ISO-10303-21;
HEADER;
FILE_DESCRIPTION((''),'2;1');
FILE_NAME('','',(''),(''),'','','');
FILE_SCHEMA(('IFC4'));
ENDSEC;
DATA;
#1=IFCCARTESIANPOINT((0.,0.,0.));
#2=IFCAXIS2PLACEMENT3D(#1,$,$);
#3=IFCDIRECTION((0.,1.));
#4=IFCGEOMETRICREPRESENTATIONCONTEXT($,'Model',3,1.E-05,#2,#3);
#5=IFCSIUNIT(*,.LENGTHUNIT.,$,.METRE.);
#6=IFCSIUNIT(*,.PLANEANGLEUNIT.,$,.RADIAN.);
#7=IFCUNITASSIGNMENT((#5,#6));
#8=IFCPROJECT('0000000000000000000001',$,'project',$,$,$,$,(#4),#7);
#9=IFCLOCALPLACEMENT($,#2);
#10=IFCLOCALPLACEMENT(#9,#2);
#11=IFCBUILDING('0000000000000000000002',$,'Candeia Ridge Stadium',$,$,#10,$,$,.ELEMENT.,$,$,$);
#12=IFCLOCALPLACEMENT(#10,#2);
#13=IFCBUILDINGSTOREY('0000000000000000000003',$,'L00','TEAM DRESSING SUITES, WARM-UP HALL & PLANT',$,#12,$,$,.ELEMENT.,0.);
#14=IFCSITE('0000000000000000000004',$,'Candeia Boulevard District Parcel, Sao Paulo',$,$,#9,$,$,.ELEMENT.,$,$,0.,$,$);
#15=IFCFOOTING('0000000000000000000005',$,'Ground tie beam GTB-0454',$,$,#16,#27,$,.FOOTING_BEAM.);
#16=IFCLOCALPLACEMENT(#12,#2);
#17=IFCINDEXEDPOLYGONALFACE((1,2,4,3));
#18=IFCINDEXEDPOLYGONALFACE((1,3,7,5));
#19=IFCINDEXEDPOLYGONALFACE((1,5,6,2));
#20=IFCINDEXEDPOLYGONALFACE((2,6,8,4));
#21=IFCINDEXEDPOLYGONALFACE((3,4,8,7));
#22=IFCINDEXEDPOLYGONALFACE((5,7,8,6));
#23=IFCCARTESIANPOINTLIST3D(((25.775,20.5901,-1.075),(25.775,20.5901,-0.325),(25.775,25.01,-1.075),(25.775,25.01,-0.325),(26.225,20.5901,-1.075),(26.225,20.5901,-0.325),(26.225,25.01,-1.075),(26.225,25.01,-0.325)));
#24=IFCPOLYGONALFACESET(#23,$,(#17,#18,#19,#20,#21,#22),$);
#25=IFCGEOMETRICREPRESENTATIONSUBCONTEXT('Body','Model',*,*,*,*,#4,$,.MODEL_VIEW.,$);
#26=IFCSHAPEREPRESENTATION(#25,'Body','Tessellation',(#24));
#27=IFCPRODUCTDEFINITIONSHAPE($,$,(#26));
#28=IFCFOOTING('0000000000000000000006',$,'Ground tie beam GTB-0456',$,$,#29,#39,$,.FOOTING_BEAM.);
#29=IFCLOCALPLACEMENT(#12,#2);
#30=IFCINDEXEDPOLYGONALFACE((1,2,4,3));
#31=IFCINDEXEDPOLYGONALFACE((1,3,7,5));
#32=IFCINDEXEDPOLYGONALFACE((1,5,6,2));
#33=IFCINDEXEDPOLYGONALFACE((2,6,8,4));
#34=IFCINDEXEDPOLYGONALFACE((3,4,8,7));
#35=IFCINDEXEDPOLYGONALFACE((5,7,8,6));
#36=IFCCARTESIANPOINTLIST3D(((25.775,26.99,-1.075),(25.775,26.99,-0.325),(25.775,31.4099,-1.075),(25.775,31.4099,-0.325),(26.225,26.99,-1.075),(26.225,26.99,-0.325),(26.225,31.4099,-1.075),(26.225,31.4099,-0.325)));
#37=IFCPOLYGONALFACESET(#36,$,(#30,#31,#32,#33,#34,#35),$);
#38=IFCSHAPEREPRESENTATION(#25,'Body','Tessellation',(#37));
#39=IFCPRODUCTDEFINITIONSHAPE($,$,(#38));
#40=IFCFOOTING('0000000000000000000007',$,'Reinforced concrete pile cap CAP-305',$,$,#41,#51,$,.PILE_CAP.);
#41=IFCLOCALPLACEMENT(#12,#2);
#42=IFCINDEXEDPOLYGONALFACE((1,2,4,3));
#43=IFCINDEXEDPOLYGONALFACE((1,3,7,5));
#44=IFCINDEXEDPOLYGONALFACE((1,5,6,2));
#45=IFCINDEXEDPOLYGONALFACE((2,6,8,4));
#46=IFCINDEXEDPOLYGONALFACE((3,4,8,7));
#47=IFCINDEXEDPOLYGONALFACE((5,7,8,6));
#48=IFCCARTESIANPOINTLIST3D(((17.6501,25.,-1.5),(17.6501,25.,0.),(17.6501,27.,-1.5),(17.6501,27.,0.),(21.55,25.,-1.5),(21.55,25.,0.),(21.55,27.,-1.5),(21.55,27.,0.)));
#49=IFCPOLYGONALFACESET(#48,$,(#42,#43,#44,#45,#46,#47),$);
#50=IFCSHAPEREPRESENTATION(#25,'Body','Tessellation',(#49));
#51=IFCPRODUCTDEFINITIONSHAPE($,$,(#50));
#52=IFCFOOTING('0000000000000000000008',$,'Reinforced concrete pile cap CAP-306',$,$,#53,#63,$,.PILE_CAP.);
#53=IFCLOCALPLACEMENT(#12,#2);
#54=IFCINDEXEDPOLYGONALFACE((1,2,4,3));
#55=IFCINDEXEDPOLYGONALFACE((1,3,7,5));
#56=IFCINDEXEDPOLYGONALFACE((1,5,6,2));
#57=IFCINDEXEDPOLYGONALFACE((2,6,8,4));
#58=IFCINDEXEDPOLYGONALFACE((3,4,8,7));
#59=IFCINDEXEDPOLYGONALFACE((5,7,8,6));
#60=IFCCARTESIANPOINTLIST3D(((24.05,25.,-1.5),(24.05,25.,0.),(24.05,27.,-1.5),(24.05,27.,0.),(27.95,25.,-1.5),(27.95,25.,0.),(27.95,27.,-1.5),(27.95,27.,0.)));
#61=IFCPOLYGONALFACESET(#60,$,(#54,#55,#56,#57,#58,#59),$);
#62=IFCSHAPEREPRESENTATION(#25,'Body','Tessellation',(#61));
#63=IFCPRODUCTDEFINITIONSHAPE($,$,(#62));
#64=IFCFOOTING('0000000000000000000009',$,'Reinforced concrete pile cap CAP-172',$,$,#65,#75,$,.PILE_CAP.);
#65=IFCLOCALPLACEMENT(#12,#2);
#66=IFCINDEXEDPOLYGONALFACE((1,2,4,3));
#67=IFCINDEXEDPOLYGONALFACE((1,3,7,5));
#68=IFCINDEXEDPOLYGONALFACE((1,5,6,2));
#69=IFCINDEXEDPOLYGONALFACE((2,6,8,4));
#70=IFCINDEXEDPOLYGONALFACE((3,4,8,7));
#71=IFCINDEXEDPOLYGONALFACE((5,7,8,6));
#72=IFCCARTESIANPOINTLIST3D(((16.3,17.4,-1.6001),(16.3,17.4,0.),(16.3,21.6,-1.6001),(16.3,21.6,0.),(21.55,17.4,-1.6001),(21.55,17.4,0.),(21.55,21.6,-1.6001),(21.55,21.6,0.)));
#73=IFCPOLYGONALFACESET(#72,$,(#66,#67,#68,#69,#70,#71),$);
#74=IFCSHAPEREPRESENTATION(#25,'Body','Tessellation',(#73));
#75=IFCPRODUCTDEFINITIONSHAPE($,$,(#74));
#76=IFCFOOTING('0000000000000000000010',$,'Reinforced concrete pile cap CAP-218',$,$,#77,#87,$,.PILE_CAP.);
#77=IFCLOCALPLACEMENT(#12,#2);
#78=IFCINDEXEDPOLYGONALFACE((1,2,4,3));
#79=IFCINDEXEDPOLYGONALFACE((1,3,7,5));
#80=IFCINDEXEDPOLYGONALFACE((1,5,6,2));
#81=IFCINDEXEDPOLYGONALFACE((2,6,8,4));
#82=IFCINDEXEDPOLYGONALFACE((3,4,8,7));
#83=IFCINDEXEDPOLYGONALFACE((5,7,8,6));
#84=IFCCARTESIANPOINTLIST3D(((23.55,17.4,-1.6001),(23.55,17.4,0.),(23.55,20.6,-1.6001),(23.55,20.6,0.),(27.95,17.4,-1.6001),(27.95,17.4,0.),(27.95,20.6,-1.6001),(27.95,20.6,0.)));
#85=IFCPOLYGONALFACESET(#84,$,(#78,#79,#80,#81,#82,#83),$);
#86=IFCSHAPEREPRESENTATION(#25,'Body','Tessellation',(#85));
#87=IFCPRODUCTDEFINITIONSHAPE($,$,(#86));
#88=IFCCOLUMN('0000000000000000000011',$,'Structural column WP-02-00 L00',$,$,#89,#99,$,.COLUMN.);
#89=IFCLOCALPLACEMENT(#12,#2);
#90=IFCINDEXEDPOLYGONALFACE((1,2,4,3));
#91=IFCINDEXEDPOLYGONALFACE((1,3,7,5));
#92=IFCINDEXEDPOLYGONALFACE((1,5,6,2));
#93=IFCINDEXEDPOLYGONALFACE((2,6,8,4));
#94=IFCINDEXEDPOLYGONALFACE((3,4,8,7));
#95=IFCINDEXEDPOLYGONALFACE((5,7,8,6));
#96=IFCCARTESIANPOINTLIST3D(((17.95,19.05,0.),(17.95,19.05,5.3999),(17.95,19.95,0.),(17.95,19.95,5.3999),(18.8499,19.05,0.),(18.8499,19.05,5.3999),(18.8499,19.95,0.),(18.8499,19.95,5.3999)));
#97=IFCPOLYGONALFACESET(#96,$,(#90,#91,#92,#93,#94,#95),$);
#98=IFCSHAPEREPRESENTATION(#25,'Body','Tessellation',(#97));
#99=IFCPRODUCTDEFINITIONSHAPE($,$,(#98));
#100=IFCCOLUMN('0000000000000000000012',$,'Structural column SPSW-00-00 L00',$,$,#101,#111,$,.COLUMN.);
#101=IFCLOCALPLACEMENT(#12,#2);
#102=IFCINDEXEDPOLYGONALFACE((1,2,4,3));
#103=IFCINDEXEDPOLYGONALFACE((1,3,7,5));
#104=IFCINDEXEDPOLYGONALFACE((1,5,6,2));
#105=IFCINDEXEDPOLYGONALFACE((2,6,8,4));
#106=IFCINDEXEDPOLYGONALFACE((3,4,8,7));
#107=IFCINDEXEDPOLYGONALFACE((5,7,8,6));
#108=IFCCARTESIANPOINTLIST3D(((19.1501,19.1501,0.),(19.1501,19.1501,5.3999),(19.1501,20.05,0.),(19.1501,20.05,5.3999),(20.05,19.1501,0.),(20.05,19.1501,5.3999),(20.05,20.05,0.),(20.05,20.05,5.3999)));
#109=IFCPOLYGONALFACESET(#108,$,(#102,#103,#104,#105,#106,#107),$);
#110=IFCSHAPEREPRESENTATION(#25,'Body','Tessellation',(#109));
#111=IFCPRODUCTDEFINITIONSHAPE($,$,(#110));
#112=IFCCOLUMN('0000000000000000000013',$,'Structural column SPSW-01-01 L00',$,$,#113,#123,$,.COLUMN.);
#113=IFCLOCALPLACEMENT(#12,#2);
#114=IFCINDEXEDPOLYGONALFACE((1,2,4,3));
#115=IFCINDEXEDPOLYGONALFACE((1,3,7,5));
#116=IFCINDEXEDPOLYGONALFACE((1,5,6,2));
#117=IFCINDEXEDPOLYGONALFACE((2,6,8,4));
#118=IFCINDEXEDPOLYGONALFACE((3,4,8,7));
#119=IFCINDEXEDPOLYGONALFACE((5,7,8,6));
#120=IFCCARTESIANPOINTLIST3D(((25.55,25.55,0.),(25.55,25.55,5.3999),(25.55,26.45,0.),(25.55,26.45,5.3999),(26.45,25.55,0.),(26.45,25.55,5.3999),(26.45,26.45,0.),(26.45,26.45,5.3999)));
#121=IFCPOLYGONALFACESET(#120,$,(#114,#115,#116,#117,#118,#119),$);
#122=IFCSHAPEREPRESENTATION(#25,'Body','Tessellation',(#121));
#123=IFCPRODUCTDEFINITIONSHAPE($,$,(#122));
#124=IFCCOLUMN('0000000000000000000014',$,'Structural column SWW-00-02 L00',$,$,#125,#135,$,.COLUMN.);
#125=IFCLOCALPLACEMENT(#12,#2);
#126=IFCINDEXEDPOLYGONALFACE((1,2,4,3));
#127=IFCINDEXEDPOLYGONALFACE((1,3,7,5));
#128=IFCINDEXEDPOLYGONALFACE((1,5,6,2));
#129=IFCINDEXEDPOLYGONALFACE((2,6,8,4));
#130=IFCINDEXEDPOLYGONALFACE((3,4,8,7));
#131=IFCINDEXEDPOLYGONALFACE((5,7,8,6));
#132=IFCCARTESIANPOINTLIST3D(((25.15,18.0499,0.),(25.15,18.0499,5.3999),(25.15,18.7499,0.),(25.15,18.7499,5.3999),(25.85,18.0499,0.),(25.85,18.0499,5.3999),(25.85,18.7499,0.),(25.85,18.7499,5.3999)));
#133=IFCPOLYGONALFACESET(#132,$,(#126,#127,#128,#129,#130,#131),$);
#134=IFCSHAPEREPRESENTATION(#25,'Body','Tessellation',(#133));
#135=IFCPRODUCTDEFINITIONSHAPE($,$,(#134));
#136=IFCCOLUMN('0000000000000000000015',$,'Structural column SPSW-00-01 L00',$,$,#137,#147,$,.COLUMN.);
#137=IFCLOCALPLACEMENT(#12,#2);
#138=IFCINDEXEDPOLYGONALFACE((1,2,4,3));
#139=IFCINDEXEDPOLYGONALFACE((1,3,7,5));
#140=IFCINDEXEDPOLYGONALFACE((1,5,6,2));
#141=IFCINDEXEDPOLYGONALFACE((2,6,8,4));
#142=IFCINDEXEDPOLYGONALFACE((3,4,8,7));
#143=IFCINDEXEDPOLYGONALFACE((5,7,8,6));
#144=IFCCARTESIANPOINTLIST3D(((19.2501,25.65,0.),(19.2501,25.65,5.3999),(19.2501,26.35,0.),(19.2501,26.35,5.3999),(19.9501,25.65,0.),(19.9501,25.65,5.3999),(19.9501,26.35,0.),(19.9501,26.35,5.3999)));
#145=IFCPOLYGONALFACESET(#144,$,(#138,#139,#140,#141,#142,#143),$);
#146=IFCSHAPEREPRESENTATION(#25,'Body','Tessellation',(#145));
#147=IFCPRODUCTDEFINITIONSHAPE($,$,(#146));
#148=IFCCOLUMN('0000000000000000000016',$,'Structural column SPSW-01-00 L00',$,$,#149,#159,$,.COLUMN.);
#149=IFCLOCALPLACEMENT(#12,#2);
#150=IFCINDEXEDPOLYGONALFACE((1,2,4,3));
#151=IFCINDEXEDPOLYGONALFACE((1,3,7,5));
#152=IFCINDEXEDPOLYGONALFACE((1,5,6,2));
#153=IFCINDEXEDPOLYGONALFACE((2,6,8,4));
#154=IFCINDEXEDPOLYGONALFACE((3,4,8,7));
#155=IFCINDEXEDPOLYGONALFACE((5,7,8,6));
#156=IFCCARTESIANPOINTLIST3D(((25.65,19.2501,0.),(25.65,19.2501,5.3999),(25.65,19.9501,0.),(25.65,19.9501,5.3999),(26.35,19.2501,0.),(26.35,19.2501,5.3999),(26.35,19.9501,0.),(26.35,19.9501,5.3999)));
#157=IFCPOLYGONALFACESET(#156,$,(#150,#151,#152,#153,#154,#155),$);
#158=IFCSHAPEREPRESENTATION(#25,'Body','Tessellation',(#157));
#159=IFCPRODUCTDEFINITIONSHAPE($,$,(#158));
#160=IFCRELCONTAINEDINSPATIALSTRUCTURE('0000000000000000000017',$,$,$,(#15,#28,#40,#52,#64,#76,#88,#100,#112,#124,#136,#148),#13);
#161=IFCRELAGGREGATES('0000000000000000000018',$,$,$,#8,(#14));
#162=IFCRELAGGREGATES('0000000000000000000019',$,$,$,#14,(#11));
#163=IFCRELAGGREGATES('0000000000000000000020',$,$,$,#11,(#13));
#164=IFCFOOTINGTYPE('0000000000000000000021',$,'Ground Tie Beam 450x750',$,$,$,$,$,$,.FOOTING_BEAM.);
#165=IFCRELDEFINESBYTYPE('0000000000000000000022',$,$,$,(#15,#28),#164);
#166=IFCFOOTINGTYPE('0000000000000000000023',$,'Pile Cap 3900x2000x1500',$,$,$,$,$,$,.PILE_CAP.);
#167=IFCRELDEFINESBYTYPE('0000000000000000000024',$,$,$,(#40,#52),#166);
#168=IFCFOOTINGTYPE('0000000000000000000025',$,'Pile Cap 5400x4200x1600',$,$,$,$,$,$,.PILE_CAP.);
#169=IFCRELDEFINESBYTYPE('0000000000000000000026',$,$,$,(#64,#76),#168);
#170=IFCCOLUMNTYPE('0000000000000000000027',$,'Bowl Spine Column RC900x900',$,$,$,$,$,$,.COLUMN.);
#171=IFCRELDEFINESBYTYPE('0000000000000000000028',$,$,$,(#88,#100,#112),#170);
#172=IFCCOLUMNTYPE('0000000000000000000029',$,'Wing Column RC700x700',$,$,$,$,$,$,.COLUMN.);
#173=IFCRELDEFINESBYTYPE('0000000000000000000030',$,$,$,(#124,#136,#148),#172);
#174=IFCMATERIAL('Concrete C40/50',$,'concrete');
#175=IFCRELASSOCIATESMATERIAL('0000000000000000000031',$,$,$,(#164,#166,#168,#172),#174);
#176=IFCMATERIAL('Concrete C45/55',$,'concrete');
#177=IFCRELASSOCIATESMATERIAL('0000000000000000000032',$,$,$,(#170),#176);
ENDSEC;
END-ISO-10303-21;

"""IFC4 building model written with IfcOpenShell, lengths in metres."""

from ifc_helpers import new_model, si_unit, direction, frame, origin, origin_2d, place, context, subcontext, project, spatial, rectangle, extrude, material, material_profile, profile_set, type_object, element, save


model = new_model("IFC4")

# Units and contexts
model_context = context("Model", 3, precision=1e-05, world=origin(), true_north=direction((0.0, 1.0)))
body_context = subcontext(model_context, "Body", "Model", "MODEL_VIEW")
ifc_project = project(units=[si_unit("LENGTHUNIT", "METRE"), si_unit("PLANEANGLEUNIT", "RADIAN")], contexts=[model_context])

# Site, building, storey
site_placement = place(None, origin())
site = spatial("IfcSite", under=ifc_project, at=site_placement, Name="Candeia Boulevard District Parcel, Sao Paulo", CompositionType="ELEMENT", RefElevation=0.0)
building_placement = place(site_placement, origin())
building = spatial("IfcBuilding", under=site, at=building_placement, Name="Candeia Ridge Stadium", CompositionType="ELEMENT")
storey_placement = place(building_placement, origin())
storey = spatial("IfcBuildingStorey", under=building, at=storey_placement, Name="L00", Description="TEAM DRESSING SUITES, WARM-UP HALL & PLANT", CompositionType="ELEMENT", Elevation=0.0)

# Shared definitions
ifc_material_1 = material(Name="Concrete C40/50", Category="concrete")

# Footings
footing_type_1 = type_object("IfcFootingType", Name="Ground Tie Beam 450x750", PredefinedType="FOOTING_BEAM", material=ifc_material_1)
for number, where, z_axis, x_axis, name in (
    (1, (26.0, 22.8, -1.075), (0.0, 0.0, 1.0), (0.0, 1.0, 0.0), "Ground tie beam GTB-0454"),
    (2, (26.0, 29.2, -1.075), (0.0, 0.0, 1.0), (0.0, 1.0, 0.0), "Ground tie beam GTB-0456"),
):
    element("IfcFooting", number, at=place(storey_placement, frame(where, z_axis=z_axis, x_axis=x_axis)), inside=storey, type_object=footing_type_1, Name=name, PredefinedType="FOOTING_BEAM", context=body_context, shape_type="SweptSolid", body=[
        extrude(rectangle(XDim=4.4199, YDim=0.45, at=origin_2d()), origin(), (0.0, 0.0, 1.0), 0.75),
    ])
footing_type_2 = type_object("IfcFootingType", Name="Pile Cap 3900x2000x1500", PredefinedType="PILE_CAP", material=ifc_material_1)
for number, where, z_axis, x_axis, name in (
    (3, (19.6001, 26.0, -1.5), (0.0, 0.0, 1.0), (1.0, 0.0, 0.0), "Reinforced concrete pile cap CAP-305"),
    (4, (26.0, 26.0, -1.5), (0.0, 0.0, 1.0), (1.0, 0.0, 0.0), "Reinforced concrete pile cap CAP-306"),
):
    element("IfcFooting", number, at=place(storey_placement, frame(where, z_axis=z_axis, x_axis=x_axis)), inside=storey, type_object=footing_type_2, Name=name, PredefinedType="PILE_CAP", context=body_context, shape_type="SweptSolid", body=[
        extrude(rectangle(XDim=3.8999, YDim=2.0, at=origin_2d()), origin(), (0.0, 0.0, 1.0), 1.5),
    ])
footing_type_3 = type_object("IfcFootingType", Name="Pile Cap 5400x4200x1600", PredefinedType="PILE_CAP", material=ifc_material_1)
footing_1_placement = place(storey_placement, frame((18.925, 19.5, -1.6001), z_axis=(0.0, 0.0, 1.0), x_axis=(1.0, 0.0, 0.0)))
element("IfcFooting", 5, at=footing_1_placement, inside=storey, type_object=footing_type_3, Name="Reinforced concrete pile cap CAP-172", PredefinedType="PILE_CAP", context=body_context, shape_type="SweptSolid", body=[
    extrude(rectangle(XDim=5.25, YDim=4.2, at=origin_2d()), origin(), (0.0, 0.0, 1.0), 1.6001),
])
footing_2_placement = place(storey_placement, frame((25.75, 19.0, -1.6001), z_axis=(0.0, 0.0, 1.0), x_axis=(1.0, 0.0, 0.0)))
element("IfcFooting", 6, at=footing_2_placement, inside=storey, type_object=footing_type_3, Name="Reinforced concrete pile cap CAP-218", PredefinedType="PILE_CAP", context=body_context, shape_type="SweptSolid", body=[
    extrude(rectangle(XDim=4.3999, YDim=3.2, at=origin_2d()), origin(), (0.0, 0.0, 1.0), 1.6001),
])

# Columns
ifc_material_2 = material(Name="Concrete C45/55", Category="concrete")
ifc_material_profile_1 = material_profile(ifc_material_2, rectangle(XDim=0.8999, YDim=0.8999, at=origin_2d()), Name="RC900x900", Category="concrete")
ifc_profile_set_1 = profile_set([ifc_material_profile_1], Name="Concrete C45/55")
column_type_1 = type_object("IfcColumnType", Name="Bowl Spine Column RC900x900", PredefinedType="COLUMN", material=ifc_profile_set_1)
for number, where, z_axis, x_axis, name in (
    (7, (18.3999, 19.5, 0.0), (0.0, 0.0, 1.0), (1.0, 0.0, 0.0), "Structural column WP-02-00 L00"),
    (8, (19.6001, 19.6001, 0.0), (0.0, 0.0, 1.0), (1.0, 0.0, 0.0), "Structural column SPSW-00-00 L00"),
    (9, (26.0, 26.0, 0.0), (0.0, 0.0, 1.0), (1.0, 0.0, 0.0), "Structural column SPSW-01-01 L00"),
):
    element("IfcColumn", number, at=place(storey_placement, frame(where, z_axis=z_axis, x_axis=x_axis)), inside=storey, type_object=column_type_1, Name=name, PredefinedType="COLUMN", context=body_context, shape_type="SweptSolid", body=[
        extrude(rectangle(XDim=0.8999, YDim=0.8999, at=origin_2d()), origin(), (0.0, 0.0, 1.0), 5.3999),
    ])
ifc_material_profile_2 = material_profile(ifc_material_1, rectangle(XDim=0.7, YDim=0.7, at=origin_2d()), Name="RC700x700", Category="concrete")
ifc_profile_set_2 = profile_set([ifc_material_profile_2], Name="Concrete C40/50")
column_type_2 = type_object("IfcColumnType", Name="Wing Column RC700x700", PredefinedType="COLUMN", material=ifc_profile_set_2)
for number, where, z_axis, x_axis, name in (
    (10, (25.5, 18.3999, 0.0), (0.0, 0.0, 1.0), (1.0, 0.0, 0.0), "Structural column SWW-00-02 L00"),
    (11, (19.6001, 26.0, 0.0), (0.0, 0.0, 1.0), (1.0, 0.0, 0.0), "Structural column SPSW-00-01 L00"),
    (12, (26.0, 19.6001, 0.0), (0.0, 0.0, 1.0), (1.0, 0.0, 0.0), "Structural column SPSW-01-00 L00"),
):
    element("IfcColumn", number, at=place(storey_placement, frame(where, z_axis=z_axis, x_axis=x_axis)), inside=storey, type_object=column_type_2, Name=name, PredefinedType="COLUMN", context=body_context, shape_type="SweptSolid", body=[
        extrude(rectangle(XDim=0.7, YDim=0.7, at=origin_2d()), origin(), (0.0, 0.0, 1.0), 5.3999),
    ])

save(model, "model.ifc")
